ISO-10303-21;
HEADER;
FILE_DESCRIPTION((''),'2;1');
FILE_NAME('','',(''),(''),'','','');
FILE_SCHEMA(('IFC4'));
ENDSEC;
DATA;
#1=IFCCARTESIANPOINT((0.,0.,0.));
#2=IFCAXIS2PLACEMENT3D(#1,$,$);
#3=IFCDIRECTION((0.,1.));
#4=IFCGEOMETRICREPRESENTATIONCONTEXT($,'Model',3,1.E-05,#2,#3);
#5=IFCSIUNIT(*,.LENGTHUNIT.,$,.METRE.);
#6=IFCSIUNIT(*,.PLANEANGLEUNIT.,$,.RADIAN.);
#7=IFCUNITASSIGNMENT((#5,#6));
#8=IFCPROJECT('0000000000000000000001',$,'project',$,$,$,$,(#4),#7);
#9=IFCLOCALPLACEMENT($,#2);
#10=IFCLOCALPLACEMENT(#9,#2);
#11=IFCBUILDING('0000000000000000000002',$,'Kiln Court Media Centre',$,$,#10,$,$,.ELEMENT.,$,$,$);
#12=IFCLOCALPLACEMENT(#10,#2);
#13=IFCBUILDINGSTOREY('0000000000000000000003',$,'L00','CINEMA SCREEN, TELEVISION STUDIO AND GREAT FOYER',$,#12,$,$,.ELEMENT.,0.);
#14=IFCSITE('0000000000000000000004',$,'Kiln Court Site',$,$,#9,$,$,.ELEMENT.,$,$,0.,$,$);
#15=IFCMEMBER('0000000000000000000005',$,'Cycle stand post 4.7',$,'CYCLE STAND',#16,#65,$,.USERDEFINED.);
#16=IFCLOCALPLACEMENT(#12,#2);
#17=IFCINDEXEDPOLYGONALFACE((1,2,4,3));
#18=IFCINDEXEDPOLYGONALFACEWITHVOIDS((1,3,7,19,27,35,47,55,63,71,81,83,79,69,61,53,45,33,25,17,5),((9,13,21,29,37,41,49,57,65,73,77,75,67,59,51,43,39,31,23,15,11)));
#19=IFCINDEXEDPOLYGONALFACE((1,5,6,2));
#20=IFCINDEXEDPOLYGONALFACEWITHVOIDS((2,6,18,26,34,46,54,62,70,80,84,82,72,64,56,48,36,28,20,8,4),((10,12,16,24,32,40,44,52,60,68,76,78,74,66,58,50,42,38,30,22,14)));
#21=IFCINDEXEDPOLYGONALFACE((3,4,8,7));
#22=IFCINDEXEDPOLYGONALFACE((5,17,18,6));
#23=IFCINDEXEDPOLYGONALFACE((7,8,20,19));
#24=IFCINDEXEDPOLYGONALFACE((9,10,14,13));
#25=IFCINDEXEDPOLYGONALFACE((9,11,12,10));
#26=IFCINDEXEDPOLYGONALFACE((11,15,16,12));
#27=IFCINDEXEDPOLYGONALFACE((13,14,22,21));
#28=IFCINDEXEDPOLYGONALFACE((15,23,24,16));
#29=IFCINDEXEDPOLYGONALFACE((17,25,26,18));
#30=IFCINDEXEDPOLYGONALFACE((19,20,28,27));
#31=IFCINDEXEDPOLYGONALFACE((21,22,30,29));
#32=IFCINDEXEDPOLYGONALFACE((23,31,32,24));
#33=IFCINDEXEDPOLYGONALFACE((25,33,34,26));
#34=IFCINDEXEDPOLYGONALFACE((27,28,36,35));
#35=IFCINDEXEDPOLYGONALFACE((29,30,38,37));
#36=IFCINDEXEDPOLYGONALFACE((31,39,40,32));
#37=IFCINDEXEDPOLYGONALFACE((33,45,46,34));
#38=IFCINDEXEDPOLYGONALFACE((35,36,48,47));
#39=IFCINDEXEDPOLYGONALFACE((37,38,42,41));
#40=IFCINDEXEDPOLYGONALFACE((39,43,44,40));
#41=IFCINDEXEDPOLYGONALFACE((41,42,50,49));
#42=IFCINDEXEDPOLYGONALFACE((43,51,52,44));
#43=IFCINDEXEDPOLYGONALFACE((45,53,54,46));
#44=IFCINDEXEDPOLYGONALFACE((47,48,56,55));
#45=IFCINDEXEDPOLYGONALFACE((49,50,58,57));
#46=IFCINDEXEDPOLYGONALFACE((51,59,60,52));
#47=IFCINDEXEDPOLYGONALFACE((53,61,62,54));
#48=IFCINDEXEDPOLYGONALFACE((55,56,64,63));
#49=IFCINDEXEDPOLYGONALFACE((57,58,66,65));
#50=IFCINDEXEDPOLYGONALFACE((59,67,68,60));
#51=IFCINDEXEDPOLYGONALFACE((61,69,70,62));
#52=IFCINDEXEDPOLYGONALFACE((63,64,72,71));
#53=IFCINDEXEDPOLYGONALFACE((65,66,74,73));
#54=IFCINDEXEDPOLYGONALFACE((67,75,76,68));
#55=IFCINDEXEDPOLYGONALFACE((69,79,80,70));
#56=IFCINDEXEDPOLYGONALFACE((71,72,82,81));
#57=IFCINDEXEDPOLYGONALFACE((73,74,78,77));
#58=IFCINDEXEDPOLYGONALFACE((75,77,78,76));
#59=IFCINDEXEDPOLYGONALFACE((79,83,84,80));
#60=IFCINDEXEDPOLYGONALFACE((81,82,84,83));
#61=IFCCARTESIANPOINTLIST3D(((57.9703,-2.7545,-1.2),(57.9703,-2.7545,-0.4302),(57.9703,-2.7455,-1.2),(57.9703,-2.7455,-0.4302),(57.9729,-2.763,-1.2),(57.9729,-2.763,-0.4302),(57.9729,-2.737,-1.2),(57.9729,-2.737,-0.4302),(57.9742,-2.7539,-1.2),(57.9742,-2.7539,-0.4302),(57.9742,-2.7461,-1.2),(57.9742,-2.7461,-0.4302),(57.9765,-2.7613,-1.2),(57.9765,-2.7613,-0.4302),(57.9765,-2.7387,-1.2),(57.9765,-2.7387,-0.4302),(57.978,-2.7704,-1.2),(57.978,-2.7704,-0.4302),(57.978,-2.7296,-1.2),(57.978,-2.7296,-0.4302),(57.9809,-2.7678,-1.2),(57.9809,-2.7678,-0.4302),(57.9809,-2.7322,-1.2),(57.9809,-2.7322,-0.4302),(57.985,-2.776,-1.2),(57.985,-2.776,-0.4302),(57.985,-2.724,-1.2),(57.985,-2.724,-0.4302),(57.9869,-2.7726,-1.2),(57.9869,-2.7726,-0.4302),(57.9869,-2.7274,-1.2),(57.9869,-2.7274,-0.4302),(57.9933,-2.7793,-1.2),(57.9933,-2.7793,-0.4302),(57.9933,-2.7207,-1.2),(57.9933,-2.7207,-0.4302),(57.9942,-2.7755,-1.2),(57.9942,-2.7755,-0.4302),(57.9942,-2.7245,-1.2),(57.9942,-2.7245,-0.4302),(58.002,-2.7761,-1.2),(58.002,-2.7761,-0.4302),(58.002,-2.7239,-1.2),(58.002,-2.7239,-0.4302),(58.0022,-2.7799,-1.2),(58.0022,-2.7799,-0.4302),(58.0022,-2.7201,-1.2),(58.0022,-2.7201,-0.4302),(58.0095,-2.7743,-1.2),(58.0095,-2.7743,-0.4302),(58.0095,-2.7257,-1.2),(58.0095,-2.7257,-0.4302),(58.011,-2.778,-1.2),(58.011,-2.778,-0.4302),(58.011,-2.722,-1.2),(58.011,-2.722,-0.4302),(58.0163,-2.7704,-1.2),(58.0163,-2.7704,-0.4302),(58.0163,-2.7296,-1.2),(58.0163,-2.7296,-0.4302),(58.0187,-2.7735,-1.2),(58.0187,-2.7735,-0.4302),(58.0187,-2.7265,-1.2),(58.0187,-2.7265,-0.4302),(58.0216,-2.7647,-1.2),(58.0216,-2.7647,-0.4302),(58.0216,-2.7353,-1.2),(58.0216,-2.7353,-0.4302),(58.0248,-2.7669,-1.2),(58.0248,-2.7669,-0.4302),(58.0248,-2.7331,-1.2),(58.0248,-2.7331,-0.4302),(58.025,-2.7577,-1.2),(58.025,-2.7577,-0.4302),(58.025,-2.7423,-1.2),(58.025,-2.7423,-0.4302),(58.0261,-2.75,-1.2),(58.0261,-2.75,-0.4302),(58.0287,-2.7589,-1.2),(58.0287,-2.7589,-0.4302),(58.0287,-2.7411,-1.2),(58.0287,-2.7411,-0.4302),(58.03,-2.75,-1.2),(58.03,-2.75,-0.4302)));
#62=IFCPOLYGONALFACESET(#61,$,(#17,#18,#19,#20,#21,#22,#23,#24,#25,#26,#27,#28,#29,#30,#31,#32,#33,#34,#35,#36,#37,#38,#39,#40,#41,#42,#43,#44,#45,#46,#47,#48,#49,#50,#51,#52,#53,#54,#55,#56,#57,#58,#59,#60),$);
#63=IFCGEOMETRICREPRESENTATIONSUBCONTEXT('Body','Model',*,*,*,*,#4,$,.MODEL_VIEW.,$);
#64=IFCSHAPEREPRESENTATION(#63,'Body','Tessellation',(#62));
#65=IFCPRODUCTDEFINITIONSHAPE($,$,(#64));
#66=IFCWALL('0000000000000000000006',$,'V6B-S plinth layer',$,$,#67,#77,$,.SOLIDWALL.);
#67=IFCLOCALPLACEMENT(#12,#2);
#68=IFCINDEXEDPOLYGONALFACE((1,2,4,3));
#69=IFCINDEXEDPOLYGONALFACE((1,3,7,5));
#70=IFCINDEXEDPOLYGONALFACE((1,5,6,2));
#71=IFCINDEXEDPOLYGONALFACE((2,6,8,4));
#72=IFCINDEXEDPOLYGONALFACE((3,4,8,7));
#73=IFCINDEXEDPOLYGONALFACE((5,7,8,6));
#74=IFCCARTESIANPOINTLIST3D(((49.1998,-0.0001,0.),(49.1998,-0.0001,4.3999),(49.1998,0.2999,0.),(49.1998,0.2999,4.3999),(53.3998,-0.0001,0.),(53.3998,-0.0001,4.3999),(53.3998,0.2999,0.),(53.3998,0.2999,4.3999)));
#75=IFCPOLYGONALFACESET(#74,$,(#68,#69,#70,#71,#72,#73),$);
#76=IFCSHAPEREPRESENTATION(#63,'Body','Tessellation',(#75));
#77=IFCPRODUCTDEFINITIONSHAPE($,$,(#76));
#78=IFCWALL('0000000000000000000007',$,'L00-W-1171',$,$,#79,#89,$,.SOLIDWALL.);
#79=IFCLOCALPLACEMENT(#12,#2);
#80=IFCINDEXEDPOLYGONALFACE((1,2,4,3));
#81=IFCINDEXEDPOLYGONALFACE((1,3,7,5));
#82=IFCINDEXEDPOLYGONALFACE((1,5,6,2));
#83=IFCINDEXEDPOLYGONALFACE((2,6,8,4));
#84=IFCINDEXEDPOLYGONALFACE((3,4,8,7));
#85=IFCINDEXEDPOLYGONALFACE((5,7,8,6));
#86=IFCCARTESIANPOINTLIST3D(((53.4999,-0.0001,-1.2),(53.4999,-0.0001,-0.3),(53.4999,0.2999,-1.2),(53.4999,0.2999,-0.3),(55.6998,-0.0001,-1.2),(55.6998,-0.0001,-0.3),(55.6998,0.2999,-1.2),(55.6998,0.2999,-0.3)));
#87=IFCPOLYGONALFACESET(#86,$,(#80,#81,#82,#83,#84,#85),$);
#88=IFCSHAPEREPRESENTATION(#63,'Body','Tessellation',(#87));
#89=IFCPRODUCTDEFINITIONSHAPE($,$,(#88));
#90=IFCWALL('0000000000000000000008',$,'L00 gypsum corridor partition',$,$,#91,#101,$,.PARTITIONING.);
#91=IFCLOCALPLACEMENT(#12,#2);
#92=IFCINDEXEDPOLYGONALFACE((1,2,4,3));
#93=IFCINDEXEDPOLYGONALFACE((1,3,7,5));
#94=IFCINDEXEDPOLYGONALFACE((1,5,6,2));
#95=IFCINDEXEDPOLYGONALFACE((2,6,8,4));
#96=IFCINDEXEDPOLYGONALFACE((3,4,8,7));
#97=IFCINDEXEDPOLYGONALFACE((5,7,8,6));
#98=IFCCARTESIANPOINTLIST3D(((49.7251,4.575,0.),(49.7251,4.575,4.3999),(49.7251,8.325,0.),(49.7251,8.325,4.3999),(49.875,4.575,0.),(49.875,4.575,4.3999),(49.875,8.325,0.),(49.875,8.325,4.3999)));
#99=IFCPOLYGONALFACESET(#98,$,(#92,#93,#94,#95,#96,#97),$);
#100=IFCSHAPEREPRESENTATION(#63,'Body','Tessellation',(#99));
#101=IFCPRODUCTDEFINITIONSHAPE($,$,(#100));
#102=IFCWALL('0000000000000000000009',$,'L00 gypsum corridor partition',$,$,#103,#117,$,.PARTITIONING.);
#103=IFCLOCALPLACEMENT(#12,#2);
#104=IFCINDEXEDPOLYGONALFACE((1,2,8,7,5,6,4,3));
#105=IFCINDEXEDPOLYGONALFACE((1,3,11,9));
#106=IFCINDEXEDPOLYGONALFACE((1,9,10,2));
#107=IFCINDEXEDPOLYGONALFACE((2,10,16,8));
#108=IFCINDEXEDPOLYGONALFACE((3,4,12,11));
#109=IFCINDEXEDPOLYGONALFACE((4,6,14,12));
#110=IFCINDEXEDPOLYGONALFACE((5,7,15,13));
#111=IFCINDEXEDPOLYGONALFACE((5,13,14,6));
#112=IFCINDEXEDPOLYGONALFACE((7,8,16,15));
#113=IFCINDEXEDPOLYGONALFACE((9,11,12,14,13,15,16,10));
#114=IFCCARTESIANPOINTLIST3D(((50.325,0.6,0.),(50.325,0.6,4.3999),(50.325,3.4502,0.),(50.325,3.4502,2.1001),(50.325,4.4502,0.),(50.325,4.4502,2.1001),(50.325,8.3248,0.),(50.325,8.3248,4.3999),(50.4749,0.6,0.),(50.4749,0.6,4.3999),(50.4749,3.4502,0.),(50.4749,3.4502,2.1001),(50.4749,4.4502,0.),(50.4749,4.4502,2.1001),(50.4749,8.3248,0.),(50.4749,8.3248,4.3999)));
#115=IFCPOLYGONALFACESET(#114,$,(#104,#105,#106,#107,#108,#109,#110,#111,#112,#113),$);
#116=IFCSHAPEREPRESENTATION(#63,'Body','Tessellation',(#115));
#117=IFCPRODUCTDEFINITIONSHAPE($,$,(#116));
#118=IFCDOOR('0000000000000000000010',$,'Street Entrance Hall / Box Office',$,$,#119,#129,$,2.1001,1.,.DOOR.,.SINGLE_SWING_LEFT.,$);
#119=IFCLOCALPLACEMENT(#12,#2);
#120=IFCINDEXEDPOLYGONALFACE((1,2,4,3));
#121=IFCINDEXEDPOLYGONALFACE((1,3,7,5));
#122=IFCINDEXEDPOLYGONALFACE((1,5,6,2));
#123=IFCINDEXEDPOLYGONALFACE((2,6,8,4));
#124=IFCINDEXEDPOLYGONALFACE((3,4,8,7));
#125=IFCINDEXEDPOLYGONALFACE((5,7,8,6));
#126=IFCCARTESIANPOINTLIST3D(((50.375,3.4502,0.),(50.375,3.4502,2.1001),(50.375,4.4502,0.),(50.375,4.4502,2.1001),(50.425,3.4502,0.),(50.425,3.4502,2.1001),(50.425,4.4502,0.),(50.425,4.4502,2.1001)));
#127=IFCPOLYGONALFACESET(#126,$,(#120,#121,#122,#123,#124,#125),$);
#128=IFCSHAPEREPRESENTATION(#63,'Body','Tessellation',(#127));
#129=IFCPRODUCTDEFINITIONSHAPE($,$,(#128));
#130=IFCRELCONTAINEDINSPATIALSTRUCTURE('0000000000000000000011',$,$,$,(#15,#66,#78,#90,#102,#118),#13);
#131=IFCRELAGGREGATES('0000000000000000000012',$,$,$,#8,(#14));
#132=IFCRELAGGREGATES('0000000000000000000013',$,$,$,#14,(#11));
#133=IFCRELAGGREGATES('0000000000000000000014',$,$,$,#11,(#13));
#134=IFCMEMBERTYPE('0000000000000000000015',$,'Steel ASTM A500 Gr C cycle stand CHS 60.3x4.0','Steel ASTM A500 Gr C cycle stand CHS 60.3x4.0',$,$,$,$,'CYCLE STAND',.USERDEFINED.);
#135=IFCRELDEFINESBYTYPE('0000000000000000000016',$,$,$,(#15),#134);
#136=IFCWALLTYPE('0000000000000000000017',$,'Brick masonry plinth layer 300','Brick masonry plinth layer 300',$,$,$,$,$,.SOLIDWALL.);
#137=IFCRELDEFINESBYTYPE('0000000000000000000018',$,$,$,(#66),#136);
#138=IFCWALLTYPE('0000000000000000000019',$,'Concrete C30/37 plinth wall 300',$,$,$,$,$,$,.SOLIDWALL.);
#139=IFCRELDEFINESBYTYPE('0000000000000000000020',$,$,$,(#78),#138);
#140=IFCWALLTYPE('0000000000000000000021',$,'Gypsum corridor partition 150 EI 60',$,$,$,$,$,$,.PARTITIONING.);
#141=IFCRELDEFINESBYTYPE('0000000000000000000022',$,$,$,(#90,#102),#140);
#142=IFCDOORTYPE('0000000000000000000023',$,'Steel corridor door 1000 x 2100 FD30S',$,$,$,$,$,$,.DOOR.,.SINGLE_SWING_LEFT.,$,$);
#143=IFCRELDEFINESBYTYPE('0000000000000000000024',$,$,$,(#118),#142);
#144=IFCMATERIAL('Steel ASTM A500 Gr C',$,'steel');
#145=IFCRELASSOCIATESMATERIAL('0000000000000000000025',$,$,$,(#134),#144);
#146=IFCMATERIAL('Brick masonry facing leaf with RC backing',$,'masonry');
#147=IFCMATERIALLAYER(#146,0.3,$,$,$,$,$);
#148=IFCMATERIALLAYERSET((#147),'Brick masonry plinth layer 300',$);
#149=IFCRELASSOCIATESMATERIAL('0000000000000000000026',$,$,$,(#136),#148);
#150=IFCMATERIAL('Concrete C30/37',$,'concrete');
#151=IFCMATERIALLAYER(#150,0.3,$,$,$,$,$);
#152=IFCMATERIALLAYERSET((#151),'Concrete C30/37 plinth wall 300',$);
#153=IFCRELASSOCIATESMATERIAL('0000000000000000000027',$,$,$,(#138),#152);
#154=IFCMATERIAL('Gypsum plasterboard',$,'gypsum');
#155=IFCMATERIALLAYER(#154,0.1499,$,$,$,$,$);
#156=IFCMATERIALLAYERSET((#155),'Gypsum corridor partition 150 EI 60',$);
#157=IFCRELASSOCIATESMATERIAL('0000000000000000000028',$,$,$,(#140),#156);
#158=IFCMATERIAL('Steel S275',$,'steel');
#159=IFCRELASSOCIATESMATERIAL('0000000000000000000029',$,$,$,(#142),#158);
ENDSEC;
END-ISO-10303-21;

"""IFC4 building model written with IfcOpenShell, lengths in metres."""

from ifc_helpers import new_model, si_unit, direction, frame, frame_2d, origin, origin_2d, place, context, subcontext, project, spatial, rectangle, hollow_circle, extrude, material, layer, layer_set, material_profile, profile_set, type_object, element, fill, save


model = new_model("IFC4")

# Units and contexts
model_context = context("Model", 3, precision=1e-05, world=origin(), true_north=direction((0.0, 1.0)))
body_context = subcontext(model_context, "Body", "Model", "MODEL_VIEW")
ifc_project = project(units=[si_unit("LENGTHUNIT", "METRE"), si_unit("PLANEANGLEUNIT", "RADIAN")], contexts=[model_context])

# Site, building, storey
site_placement = place(None, origin())
site = spatial("IfcSite", under=ifc_project, at=site_placement, Name="Kiln Court Site", CompositionType="ELEMENT", RefElevation=0.0)
building_placement = place(site_placement, origin())
building = spatial("IfcBuilding", under=site, at=building_placement, Name="Kiln Court Media Centre", CompositionType="ELEMENT")
storey_placement = place(building_placement, origin())
storey = spatial("IfcBuildingStorey", under=building, at=storey_placement, Name="L00", Description="CINEMA SCREEN, TELEVISION STUDIO AND GREAT FOYER", CompositionType="ELEMENT", Elevation=0.0)

# Member
ifc_material_1 = material(Name="Steel ASTM A500 Gr C", Category="steel")
ifc_material_profile_1 = material_profile(ifc_material_1, hollow_circle(Radius=0.03, WallThickness=0.0039, at=origin_2d()), Name="CHS 60.3x4.0")
ifc_profile_set_1 = profile_set([ifc_material_profile_1], Name="Steel ASTM A500 Gr C")
member_type = type_object("IfcMemberType", Name="Steel ASTM A500 Gr C cycle stand CHS 60.3x4.0", Description="Steel ASTM A500 Gr C cycle stand CHS 60.3x4.0", ElementType="CYCLE STAND", PredefinedType="USERDEFINED", material=ifc_profile_set_1)
for number, where, z_axis, x_axis, name in (
    (1, (58.0, -2.75, -1.2), (0.0, 0.0, 1.0), (1.0, 0.0, 0.0), "Cycle stand post 4.7"),
):
    element("IfcMember", number, at=place(storey_placement, frame(where, z_axis=z_axis, x_axis=x_axis)), inside=storey, type_object=member_type, Name=name, ObjectType="CYCLE STAND", PredefinedType="USERDEFINED", context=body_context, shape_type="SweptSolid", body=[
        extrude(hollow_circle(Radius=0.03, WallThickness=0.0039, at=origin_2d()), origin(), (0.0, 0.0, 1.0), 0.7698),
    ])

# Walls
ifc_material_2 = material(Name="Brick masonry facing leaf with RC backing", Category="masonry")
ifc_layer_1 = layer(ifc_material_2, 0.3)
ifc_layer_set_1 = layer_set([ifc_layer_1], Name="Brick masonry plinth layer 300")
wall_type_1 = type_object("IfcWallType", Name="Brick masonry plinth layer 300", Description="Brick masonry plinth layer 300", PredefinedType="SOLIDWALL", material=ifc_layer_set_1)
wall_1_placement = place(storey_placement, frame((53.3999, 0.1499, 0.0), z_axis=(0.0, 0.0, 1.0), x_axis=(-1.0, 0.0, 0.0)))
element("IfcWall", 2, at=wall_1_placement, inside=storey, type_object=wall_type_1, Name="V6B-S plinth layer", PredefinedType="SOLIDWALL", context=body_context, shape_type="SweptSolid", body=[
    extrude(rectangle(XDim=4.2, YDim=0.3, at=frame_2d((2.1001, 0.0))), origin(), (0.0, 0.0, 1.0), 4.3999),
])
ifc_material_3 = material(Name="Concrete C30/37", Category="concrete")
ifc_layer_2 = layer(ifc_material_3, 0.3)
ifc_layer_set_2 = layer_set([ifc_layer_2], Name="Concrete C30/37 plinth wall 300")
wall_type_2 = type_object("IfcWallType", Name="Concrete C30/37 plinth wall 300", PredefinedType="SOLIDWALL", material=ifc_layer_set_2)
wall_2_placement = place(storey_placement, frame((55.7, 0.1499, -1.2), z_axis=(0.0, 0.0, 1.0), x_axis=(-1.0, 0.0, 0.0)))
element("IfcWall", 3, at=wall_2_placement, inside=storey, type_object=wall_type_2, Name="L00-W-1171", PredefinedType="SOLIDWALL", context=body_context, shape_type="SweptSolid", body=[
    extrude(rectangle(XDim=2.2, YDim=0.3, at=frame_2d((1.1001, 0.0))), origin(), (0.0, 0.0, 1.0), 0.8999),
])
ifc_material_4 = material(Name="Gypsum plasterboard", Category="gypsum")
ifc_layer_3 = layer(ifc_material_4, 0.1499)
ifc_layer_set_3 = layer_set([ifc_layer_3], Name="Gypsum corridor partition 150 EI 60")
wall_type_3 = type_object("IfcWallType", Name="Gypsum corridor partition 150 EI 60", PredefinedType="PARTITIONING", material=ifc_layer_set_3)
wall_3_placement = place(storey_placement, frame((49.8, 4.575, 0.0), z_axis=(0.0, 0.0, 1.0), x_axis=(0.0, 1.0, 0.0)))
element("IfcWall", 4, at=wall_3_placement, inside=storey, type_object=wall_type_3, Name="L00 gypsum corridor partition", PredefinedType="PARTITIONING", context=body_context, shape_type="SweptSolid", body=[
    extrude(rectangle(XDim=3.75, YDim=0.1499, at=frame_2d((1.875, 0.0))), origin(), (0.0, 0.0, 1.0), 4.3999),
])

# Wall, opening, door
wall_4_placement = place(storey_placement, frame((50.3999, 0.6001, 0.0), z_axis=(0.0, 0.0, 1.0), x_axis=(0.0, 1.0, 0.0)))
wall_4 = element("IfcWall", 5, at=wall_4_placement, inside=storey, type_object=wall_type_3, Name="L00 gypsum corridor partition", PredefinedType="PARTITIONING", context=body_context, shape_type="SweptSolid", body=[
    extrude(rectangle(XDim=7.7249, YDim=0.1499, at=frame_2d((3.8623, 0.0))), origin(), (0.0, 0.0, 1.0), 4.3999),
])
opening_placement = place(wall_4_placement, frame((2.8501, 0.0, 0.0)))
opening = element("IfcOpeningElement", 6, at=opening_placement, cuts=wall_4, PredefinedType="OPENING", context=body_context, shape_type="SweptSolid", body=[
    extrude(rectangle(XDim=1.0, YDim=2.1001, at=frame_2d((0.5, 1.05))), frame((0.0, 0.085, 0.0), z_axis=(0.0, -1.0, 0.0), x_axis=(1.0, 0.0, 0.0)), (0.0, 0.0, 1.0), 0.1699),
])
ifc_material_5 = material(Name="Steel S275", Category="steel")
door_type = type_object("IfcDoorType", Name="Steel corridor door 1000 x 2100 FD30S", OperationType="SINGLE_SWING_LEFT", PredefinedType="DOOR", material=ifc_material_5)
door_placement = place(opening_placement, origin())
door = element("IfcDoor", 7, at=door_placement, inside=storey, type_object=door_type, Name="Street Entrance Hall / Box Office", OperationType="SINGLE_SWING_LEFT", OverallHeight=2.1001, OverallWidth=1.0, PredefinedType="DOOR", context=body_context, shape_type="SweptSolid", body=[
    extrude(rectangle(XDim=1.0, YDim=2.1001, at=frame_2d((0.5, 1.05))), frame((0.0, 0.0249, 0.0), z_axis=(0.0, -1.0, 0.0), x_axis=(1.0, 0.0, 0.0)), (0.0, 0.0, 1.0), 0.05),
])
fill(opening, door)

save(model, "model.ifc")
